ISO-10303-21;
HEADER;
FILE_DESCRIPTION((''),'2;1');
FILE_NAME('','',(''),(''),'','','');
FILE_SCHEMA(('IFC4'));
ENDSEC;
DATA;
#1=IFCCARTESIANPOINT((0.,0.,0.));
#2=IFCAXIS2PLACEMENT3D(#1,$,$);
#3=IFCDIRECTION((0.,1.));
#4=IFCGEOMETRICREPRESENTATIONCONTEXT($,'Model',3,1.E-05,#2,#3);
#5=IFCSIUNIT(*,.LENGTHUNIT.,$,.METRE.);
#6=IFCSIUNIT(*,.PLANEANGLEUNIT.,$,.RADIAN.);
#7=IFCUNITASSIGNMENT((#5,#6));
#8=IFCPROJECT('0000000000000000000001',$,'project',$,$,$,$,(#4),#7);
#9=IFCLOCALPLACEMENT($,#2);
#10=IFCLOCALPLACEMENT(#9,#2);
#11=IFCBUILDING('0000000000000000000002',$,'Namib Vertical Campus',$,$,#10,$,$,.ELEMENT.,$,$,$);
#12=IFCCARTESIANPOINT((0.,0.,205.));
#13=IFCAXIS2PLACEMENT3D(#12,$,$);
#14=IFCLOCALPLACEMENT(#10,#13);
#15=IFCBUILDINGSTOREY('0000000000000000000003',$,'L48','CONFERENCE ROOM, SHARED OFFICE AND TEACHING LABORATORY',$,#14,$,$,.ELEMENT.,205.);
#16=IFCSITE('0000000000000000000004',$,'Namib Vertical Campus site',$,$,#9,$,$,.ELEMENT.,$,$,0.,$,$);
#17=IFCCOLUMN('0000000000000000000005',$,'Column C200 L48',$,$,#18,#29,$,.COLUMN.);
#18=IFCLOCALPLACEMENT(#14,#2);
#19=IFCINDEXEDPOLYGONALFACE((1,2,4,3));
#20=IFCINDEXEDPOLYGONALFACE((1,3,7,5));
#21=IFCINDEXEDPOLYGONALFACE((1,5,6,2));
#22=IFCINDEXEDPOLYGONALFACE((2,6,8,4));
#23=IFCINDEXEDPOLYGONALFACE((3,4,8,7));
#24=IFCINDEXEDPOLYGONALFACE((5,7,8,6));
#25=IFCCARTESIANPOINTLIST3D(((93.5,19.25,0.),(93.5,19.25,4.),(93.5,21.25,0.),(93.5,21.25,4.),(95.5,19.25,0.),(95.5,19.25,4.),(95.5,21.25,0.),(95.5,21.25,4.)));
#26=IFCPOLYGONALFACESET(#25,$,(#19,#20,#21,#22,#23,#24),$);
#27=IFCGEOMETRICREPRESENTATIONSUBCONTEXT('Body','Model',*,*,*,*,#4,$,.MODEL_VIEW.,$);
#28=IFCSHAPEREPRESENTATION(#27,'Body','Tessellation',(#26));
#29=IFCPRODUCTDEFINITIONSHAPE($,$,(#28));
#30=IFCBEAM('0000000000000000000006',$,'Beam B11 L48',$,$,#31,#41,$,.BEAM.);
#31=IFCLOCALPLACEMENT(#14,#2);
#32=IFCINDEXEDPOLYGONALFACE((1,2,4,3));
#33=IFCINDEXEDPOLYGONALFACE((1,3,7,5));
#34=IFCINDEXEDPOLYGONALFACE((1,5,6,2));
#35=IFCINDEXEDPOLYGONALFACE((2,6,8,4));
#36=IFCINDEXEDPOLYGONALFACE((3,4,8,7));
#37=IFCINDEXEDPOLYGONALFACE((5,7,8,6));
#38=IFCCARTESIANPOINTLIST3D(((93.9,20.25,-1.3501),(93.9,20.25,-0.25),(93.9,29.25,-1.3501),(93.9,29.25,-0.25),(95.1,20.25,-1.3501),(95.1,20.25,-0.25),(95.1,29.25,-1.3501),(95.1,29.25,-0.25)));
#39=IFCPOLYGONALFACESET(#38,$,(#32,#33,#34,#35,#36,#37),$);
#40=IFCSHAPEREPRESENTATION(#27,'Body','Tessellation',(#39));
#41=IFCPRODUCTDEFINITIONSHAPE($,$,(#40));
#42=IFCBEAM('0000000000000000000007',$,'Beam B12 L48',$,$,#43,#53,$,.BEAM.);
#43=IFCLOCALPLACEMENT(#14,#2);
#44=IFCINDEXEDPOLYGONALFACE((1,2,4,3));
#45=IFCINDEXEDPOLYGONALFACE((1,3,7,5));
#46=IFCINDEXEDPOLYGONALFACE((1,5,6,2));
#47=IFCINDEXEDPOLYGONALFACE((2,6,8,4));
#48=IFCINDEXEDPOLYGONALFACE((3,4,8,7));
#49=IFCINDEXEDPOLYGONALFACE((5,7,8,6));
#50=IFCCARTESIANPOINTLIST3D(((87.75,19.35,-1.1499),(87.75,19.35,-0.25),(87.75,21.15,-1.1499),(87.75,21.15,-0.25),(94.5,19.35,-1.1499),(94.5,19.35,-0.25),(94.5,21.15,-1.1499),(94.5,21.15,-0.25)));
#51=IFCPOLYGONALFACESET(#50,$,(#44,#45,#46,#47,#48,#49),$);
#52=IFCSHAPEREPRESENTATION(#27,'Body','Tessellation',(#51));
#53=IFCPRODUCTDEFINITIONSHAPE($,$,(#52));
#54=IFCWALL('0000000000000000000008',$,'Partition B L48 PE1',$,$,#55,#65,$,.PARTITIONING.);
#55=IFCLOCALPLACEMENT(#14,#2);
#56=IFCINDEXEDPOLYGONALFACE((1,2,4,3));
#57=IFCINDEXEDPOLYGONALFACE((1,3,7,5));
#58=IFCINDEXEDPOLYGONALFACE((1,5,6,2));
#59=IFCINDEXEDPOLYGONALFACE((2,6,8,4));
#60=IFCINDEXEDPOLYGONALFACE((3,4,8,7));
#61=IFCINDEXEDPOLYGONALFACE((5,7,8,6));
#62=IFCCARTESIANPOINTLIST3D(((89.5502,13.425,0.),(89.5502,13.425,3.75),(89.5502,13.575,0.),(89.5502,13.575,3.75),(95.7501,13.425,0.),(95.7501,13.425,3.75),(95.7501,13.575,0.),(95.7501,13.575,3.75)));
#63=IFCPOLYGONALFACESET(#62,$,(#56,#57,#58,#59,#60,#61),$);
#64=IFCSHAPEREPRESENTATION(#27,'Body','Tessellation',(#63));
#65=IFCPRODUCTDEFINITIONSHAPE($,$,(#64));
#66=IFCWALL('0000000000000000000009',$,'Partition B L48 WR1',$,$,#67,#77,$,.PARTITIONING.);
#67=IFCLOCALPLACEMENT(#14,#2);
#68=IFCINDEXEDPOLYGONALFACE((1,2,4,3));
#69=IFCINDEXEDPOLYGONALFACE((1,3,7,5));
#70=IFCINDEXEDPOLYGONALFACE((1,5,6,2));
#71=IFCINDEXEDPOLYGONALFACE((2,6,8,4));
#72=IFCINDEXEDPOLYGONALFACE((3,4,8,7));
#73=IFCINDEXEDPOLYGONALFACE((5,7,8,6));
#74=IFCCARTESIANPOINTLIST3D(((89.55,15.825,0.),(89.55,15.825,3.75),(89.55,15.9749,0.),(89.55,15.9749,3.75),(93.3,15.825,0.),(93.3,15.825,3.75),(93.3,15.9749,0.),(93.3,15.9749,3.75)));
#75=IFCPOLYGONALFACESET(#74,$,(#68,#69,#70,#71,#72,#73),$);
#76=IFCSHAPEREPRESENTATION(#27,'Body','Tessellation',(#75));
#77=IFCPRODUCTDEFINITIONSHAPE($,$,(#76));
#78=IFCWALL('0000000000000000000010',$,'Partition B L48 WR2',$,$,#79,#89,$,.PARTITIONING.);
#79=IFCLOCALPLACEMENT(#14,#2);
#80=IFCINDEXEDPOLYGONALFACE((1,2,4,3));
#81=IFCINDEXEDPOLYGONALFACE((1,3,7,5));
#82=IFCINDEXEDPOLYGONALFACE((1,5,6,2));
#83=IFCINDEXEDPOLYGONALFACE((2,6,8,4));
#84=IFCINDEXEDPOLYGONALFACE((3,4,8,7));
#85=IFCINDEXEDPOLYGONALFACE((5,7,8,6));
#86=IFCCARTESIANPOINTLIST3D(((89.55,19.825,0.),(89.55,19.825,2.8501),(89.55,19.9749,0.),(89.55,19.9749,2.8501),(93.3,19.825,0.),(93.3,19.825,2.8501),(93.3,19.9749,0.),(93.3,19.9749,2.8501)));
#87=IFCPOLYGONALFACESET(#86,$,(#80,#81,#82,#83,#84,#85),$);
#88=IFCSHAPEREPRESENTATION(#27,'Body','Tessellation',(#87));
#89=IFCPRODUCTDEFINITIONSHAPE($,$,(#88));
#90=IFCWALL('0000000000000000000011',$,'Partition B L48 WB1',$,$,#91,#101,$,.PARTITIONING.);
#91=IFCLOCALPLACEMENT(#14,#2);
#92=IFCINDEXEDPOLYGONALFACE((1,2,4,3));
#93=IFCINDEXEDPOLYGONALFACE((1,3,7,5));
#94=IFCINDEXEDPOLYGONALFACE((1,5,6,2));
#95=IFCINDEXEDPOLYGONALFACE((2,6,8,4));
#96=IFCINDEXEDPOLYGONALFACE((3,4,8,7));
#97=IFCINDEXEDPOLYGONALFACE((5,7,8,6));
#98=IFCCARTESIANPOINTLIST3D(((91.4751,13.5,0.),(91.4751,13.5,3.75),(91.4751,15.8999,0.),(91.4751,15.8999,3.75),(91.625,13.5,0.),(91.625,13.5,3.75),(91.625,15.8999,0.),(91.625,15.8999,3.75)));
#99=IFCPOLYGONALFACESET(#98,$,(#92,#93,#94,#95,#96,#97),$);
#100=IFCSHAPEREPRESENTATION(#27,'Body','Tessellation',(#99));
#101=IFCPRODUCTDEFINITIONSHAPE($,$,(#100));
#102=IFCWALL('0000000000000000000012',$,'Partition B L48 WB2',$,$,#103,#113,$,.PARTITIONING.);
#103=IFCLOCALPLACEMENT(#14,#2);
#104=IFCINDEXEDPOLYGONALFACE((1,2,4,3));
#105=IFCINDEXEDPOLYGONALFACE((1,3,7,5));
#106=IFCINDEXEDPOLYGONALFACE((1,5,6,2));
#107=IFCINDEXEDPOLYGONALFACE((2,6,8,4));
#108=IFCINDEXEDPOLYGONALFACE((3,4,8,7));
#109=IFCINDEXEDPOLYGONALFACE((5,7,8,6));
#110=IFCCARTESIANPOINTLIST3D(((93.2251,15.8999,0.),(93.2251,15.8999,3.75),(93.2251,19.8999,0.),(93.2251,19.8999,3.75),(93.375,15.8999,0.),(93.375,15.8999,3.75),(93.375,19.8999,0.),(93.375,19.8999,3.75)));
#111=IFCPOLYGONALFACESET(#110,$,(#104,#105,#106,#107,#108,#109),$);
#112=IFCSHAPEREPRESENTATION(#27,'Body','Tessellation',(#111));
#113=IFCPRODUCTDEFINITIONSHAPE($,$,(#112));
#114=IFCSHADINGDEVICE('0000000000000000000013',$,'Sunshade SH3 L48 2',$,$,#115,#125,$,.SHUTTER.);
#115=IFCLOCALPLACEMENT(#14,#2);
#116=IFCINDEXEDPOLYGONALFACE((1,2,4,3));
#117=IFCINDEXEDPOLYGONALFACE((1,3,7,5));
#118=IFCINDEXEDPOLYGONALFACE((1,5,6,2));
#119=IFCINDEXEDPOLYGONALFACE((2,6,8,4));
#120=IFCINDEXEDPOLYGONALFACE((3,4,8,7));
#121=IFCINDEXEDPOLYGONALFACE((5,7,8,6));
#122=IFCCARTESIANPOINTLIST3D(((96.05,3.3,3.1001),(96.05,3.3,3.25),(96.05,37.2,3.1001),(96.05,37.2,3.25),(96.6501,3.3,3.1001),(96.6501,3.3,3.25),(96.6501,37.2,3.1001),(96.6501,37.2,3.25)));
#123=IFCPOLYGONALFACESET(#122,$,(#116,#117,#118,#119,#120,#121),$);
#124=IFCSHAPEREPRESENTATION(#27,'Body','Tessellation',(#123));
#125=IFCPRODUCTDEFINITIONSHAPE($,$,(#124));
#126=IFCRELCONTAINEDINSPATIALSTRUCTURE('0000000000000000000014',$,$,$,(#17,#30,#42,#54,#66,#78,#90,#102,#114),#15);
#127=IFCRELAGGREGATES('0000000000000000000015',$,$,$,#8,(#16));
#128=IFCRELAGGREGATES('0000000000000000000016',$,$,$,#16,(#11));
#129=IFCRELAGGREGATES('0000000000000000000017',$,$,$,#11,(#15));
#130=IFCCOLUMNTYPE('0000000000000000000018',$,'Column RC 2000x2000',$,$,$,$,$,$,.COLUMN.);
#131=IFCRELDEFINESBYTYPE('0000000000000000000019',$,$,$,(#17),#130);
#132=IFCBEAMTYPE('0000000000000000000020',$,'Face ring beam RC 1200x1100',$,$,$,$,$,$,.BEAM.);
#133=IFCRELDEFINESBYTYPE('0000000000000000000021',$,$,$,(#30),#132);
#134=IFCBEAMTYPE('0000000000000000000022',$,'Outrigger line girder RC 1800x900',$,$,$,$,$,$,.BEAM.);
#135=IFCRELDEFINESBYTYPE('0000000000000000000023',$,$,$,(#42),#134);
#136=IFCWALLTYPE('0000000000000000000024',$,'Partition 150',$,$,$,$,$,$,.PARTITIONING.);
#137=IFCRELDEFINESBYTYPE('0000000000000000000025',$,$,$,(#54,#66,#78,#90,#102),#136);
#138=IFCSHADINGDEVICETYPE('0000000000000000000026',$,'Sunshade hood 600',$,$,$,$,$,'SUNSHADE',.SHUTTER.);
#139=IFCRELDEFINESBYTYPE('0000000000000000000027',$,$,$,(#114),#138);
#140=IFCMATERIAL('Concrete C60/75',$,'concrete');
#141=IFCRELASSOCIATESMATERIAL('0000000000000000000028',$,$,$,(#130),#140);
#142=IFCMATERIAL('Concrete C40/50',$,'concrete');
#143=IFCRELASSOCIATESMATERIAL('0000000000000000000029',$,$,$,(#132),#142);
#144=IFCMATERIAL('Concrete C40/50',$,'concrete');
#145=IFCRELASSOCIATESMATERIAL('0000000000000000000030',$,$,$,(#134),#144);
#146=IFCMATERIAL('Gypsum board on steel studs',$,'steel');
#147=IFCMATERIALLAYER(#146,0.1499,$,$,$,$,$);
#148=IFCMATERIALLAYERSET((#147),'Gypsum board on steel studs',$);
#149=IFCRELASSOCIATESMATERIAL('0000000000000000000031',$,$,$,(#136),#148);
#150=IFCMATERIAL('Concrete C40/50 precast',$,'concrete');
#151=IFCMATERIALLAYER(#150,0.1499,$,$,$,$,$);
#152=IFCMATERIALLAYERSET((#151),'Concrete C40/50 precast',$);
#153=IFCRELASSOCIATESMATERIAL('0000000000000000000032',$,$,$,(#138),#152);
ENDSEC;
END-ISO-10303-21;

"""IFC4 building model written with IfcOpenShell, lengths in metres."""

from ifc_helpers import new_model, si_unit, direction, frame, frame_2d, origin, origin_2d, place, context, subcontext, project, spatial, rectangle, extrude, material, layer, layer_set, material_profile, profile_set, type_object, element, save


model = new_model("IFC4")

# Units and contexts
model_context = context("Model", 3, precision=1e-05, world=origin(), true_north=direction((0.0, 1.0)))
body_context = subcontext(model_context, "Body", "Model", "MODEL_VIEW")
ifc_project = project(units=[si_unit("LENGTHUNIT", "METRE"), si_unit("PLANEANGLEUNIT", "RADIAN")], contexts=[model_context])

# Site, building, storey
site_placement = place(None, origin())
site = spatial("IfcSite", under=ifc_project, at=site_placement, Name="Namib Vertical Campus site", CompositionType="ELEMENT", RefElevation=0.0)
building_placement = place(site_placement, origin())
building = spatial("IfcBuilding", under=site, at=building_placement, Name="Namib Vertical Campus", CompositionType="ELEMENT")
storey_placement = place(building_placement, frame((0.0, 0.0, 205.0)))
storey = spatial("IfcBuildingStorey", under=building, at=storey_placement, Name="L48", Description="CONFERENCE ROOM, SHARED OFFICE AND TEACHING LABORATORY", CompositionType="ELEMENT", Elevation=205.0)

# Column
ifc_material_1 = material(Name="Concrete C60/75", Category="concrete")
ifc_material_profile_1 = material_profile(ifc_material_1, rectangle(XDim=2.0, YDim=2.0, at=origin_2d()))
ifc_profile_set_1 = profile_set([ifc_material_profile_1], Name="Concrete C60/75")
column_type = type_object("IfcColumnType", Name="Column RC 2000x2000", PredefinedType="COLUMN", material=ifc_profile_set_1)
column_placement = place(storey_placement, frame((94.5, 20.25, 0.0), z_axis=(0.0, 0.0, 1.0), x_axis=(1.0, 0.0, 0.0)))
element("IfcColumn", 1, at=column_placement, inside=storey, type_object=column_type, Name="Column C200 L48", PredefinedType="COLUMN", context=body_context, shape_type="SweptSolid", body=[
    extrude(rectangle(XDim=2.0, YDim=2.0, at=origin_2d()), origin(), (0.0, 0.0, 1.0), 4.0),
])

# Beams
ifc_material_2 = material(Name="Concrete C40/50", Category="concrete")
ifc_material_profile_2 = material_profile(ifc_material_2, rectangle(XDim=1.2, YDim=1.1001, at=origin_2d()))
ifc_profile_set_2 = profile_set([ifc_material_profile_2], Name="Concrete C40/50")
beam_type_1 = type_object("IfcBeamType", Name="Face ring beam RC 1200x1100", PredefinedType="BEAM", material=ifc_profile_set_2)
beam_1_placement = place(storey_placement, frame((94.5, 20.25, -0.8), z_axis=(0.0, 1.0, 0.0), x_axis=(-1.0, 0.0, 0.0)))
element("IfcBeam", 2, at=beam_1_placement, inside=storey, type_object=beam_type_1, Name="Beam B11 L48", PredefinedType="BEAM", context=body_context, shape_type="SweptSolid", body=[
    extrude(rectangle(XDim=1.2, YDim=1.1001, at=origin_2d()), origin(), (0.0, 0.0, 1.0), 9.0),
])
ifc_material_3 = material(Name="Concrete C40/50", Category="concrete")
ifc_material_profile_3 = material_profile(ifc_material_3, rectangle(XDim=1.8, YDim=0.8999, at=origin_2d()))
ifc_profile_set_3 = profile_set([ifc_material_profile_3], Name="Concrete C40/50")
beam_type_2 = type_object("IfcBeamType", Name="Outrigger line girder RC 1800x900", PredefinedType="BEAM", material=ifc_profile_set_3)
beam_2_placement = place(storey_placement, frame((94.5, 20.25, -0.7), z_axis=(-1.0, 0.0, 0.0), x_axis=(0.0, -1.0, 0.0)))
element("IfcBeam", 3, at=beam_2_placement, inside=storey, type_object=beam_type_2, Name="Beam B12 L48", PredefinedType="BEAM", context=body_context, shape_type="SweptSolid", body=[
    extrude(rectangle(XDim=1.8, YDim=0.8999, at=origin_2d()), origin(), (0.0, 0.0, 1.0), 6.75),
])

# Walls
ifc_material_4 = material(Name="Gypsum board on steel studs", Category="steel")
ifc_layer_1 = layer(ifc_material_4, 0.1499)
ifc_layer_set_1 = layer_set([ifc_layer_1], Name="Gypsum board on steel studs")
wall_type = type_object("IfcWallType", Name="Partition 150", PredefinedType="PARTITIONING", material=ifc_layer_set_1)
wall_1_placement = place(storey_placement, frame((89.55, 13.5, 0.0), z_axis=(0.0, 0.0, 1.0), x_axis=(1.0, 0.0, 0.0)))
element("IfcWall", 4, at=wall_1_placement, inside=storey, type_object=wall_type, Name="Partition B L48 PE1", PredefinedType="PARTITIONING", context=body_context, shape_type="SweptSolid", body=[
    extrude(rectangle(XDim=6.2, YDim=0.1499, at=frame_2d((3.1001, 0.0))), origin(), (0.0, 0.0, 1.0), 3.75),
])
wall_2_placement = place(storey_placement, frame((89.55, 15.8999, 0.0), z_axis=(0.0, 0.0, 1.0), x_axis=(1.0, 0.0, 0.0)))
element("IfcWall", 5, at=wall_2_placement, inside=storey, type_object=wall_type, Name="Partition B L48 WR1", PredefinedType="PARTITIONING", context=body_context, shape_type="SweptSolid", body=[
    extrude(rectangle(XDim=3.75, YDim=0.1499, at=frame_2d((1.875, 0.0))), origin(), (0.0, 0.0, 1.0), 3.75),
])
wall_3_placement = place(storey_placement, frame((89.55, 19.8999, 0.0), z_axis=(0.0, 0.0, 1.0), x_axis=(1.0, 0.0, 0.0)))
element("IfcWall", 6, at=wall_3_placement, inside=storey, type_object=wall_type, Name="Partition B L48 WR2", PredefinedType="PARTITIONING", context=body_context, shape_type="SweptSolid", body=[
    extrude(rectangle(XDim=3.75, YDim=0.1499, at=frame_2d((1.875, 0.0))), origin(), (0.0, 0.0, 1.0), 2.8501),
])
wall_4_placement = place(storey_placement, frame((91.55, 13.5, 0.0), z_axis=(0.0, 0.0, 1.0), x_axis=(0.0, 1.0, 0.0)))
element("IfcWall", 7, at=wall_4_placement, inside=storey, type_object=wall_type, Name="Partition B L48 WB1", PredefinedType="PARTITIONING", context=body_context, shape_type="SweptSolid", body=[
    extrude(rectangle(XDim=2.3999, YDim=0.1499, at=frame_2d((1.2, 0.0))), origin(), (0.0, 0.0, 1.0), 3.75),
])
wall_5_placement = place(storey_placement, frame((93.3, 15.8999, 0.0), z_axis=(0.0, 0.0, 1.0), x_axis=(0.0, 1.0, 0.0)))
element("IfcWall", 8, at=wall_5_placement, inside=storey, type_object=wall_type, Name="Partition B L48 WB2", PredefinedType="PARTITIONING", context=body_context, shape_type="SweptSolid", body=[
    extrude(rectangle(XDim=4.0, YDim=0.1499, at=frame_2d((2.0, 0.0))), origin(), (0.0, 0.0, 1.0), 3.75),
])

# Shading device
ifc_material_5 = material(Name="Concrete C40/50 precast", Category="concrete")
ifc_layer_2 = layer(ifc_material_5, 0.1499)
ifc_layer_set_2 = layer_set([ifc_layer_2], Name="Concrete C40/50 precast")
shading_device_type = type_object("IfcShadingDeviceType", Name="Sunshade hood 600", ElementType="SUNSHADE", PredefinedType="SHUTTER", material=ifc_layer_set_2)
shading_device_placement = place(storey_placement, frame((96.3501, 20.25, 3.1001), z_axis=(0.0, 0.0, 1.0), x_axis=(0.0, 1.0, 0.0)))
element("IfcShadingDevice", 9, at=shading_device_placement, inside=storey, type_object=shading_device_type, Name="Sunshade SH3 L48 2", PredefinedType="SHUTTER", context=body_context, shape_type="SweptSolid", body=[
    extrude(rectangle(XDim=33.8999, YDim=0.6001, at=origin_2d()), origin(), (0.0, 0.0, 1.0), 0.1499),
])

save(model, "model.ifc")
